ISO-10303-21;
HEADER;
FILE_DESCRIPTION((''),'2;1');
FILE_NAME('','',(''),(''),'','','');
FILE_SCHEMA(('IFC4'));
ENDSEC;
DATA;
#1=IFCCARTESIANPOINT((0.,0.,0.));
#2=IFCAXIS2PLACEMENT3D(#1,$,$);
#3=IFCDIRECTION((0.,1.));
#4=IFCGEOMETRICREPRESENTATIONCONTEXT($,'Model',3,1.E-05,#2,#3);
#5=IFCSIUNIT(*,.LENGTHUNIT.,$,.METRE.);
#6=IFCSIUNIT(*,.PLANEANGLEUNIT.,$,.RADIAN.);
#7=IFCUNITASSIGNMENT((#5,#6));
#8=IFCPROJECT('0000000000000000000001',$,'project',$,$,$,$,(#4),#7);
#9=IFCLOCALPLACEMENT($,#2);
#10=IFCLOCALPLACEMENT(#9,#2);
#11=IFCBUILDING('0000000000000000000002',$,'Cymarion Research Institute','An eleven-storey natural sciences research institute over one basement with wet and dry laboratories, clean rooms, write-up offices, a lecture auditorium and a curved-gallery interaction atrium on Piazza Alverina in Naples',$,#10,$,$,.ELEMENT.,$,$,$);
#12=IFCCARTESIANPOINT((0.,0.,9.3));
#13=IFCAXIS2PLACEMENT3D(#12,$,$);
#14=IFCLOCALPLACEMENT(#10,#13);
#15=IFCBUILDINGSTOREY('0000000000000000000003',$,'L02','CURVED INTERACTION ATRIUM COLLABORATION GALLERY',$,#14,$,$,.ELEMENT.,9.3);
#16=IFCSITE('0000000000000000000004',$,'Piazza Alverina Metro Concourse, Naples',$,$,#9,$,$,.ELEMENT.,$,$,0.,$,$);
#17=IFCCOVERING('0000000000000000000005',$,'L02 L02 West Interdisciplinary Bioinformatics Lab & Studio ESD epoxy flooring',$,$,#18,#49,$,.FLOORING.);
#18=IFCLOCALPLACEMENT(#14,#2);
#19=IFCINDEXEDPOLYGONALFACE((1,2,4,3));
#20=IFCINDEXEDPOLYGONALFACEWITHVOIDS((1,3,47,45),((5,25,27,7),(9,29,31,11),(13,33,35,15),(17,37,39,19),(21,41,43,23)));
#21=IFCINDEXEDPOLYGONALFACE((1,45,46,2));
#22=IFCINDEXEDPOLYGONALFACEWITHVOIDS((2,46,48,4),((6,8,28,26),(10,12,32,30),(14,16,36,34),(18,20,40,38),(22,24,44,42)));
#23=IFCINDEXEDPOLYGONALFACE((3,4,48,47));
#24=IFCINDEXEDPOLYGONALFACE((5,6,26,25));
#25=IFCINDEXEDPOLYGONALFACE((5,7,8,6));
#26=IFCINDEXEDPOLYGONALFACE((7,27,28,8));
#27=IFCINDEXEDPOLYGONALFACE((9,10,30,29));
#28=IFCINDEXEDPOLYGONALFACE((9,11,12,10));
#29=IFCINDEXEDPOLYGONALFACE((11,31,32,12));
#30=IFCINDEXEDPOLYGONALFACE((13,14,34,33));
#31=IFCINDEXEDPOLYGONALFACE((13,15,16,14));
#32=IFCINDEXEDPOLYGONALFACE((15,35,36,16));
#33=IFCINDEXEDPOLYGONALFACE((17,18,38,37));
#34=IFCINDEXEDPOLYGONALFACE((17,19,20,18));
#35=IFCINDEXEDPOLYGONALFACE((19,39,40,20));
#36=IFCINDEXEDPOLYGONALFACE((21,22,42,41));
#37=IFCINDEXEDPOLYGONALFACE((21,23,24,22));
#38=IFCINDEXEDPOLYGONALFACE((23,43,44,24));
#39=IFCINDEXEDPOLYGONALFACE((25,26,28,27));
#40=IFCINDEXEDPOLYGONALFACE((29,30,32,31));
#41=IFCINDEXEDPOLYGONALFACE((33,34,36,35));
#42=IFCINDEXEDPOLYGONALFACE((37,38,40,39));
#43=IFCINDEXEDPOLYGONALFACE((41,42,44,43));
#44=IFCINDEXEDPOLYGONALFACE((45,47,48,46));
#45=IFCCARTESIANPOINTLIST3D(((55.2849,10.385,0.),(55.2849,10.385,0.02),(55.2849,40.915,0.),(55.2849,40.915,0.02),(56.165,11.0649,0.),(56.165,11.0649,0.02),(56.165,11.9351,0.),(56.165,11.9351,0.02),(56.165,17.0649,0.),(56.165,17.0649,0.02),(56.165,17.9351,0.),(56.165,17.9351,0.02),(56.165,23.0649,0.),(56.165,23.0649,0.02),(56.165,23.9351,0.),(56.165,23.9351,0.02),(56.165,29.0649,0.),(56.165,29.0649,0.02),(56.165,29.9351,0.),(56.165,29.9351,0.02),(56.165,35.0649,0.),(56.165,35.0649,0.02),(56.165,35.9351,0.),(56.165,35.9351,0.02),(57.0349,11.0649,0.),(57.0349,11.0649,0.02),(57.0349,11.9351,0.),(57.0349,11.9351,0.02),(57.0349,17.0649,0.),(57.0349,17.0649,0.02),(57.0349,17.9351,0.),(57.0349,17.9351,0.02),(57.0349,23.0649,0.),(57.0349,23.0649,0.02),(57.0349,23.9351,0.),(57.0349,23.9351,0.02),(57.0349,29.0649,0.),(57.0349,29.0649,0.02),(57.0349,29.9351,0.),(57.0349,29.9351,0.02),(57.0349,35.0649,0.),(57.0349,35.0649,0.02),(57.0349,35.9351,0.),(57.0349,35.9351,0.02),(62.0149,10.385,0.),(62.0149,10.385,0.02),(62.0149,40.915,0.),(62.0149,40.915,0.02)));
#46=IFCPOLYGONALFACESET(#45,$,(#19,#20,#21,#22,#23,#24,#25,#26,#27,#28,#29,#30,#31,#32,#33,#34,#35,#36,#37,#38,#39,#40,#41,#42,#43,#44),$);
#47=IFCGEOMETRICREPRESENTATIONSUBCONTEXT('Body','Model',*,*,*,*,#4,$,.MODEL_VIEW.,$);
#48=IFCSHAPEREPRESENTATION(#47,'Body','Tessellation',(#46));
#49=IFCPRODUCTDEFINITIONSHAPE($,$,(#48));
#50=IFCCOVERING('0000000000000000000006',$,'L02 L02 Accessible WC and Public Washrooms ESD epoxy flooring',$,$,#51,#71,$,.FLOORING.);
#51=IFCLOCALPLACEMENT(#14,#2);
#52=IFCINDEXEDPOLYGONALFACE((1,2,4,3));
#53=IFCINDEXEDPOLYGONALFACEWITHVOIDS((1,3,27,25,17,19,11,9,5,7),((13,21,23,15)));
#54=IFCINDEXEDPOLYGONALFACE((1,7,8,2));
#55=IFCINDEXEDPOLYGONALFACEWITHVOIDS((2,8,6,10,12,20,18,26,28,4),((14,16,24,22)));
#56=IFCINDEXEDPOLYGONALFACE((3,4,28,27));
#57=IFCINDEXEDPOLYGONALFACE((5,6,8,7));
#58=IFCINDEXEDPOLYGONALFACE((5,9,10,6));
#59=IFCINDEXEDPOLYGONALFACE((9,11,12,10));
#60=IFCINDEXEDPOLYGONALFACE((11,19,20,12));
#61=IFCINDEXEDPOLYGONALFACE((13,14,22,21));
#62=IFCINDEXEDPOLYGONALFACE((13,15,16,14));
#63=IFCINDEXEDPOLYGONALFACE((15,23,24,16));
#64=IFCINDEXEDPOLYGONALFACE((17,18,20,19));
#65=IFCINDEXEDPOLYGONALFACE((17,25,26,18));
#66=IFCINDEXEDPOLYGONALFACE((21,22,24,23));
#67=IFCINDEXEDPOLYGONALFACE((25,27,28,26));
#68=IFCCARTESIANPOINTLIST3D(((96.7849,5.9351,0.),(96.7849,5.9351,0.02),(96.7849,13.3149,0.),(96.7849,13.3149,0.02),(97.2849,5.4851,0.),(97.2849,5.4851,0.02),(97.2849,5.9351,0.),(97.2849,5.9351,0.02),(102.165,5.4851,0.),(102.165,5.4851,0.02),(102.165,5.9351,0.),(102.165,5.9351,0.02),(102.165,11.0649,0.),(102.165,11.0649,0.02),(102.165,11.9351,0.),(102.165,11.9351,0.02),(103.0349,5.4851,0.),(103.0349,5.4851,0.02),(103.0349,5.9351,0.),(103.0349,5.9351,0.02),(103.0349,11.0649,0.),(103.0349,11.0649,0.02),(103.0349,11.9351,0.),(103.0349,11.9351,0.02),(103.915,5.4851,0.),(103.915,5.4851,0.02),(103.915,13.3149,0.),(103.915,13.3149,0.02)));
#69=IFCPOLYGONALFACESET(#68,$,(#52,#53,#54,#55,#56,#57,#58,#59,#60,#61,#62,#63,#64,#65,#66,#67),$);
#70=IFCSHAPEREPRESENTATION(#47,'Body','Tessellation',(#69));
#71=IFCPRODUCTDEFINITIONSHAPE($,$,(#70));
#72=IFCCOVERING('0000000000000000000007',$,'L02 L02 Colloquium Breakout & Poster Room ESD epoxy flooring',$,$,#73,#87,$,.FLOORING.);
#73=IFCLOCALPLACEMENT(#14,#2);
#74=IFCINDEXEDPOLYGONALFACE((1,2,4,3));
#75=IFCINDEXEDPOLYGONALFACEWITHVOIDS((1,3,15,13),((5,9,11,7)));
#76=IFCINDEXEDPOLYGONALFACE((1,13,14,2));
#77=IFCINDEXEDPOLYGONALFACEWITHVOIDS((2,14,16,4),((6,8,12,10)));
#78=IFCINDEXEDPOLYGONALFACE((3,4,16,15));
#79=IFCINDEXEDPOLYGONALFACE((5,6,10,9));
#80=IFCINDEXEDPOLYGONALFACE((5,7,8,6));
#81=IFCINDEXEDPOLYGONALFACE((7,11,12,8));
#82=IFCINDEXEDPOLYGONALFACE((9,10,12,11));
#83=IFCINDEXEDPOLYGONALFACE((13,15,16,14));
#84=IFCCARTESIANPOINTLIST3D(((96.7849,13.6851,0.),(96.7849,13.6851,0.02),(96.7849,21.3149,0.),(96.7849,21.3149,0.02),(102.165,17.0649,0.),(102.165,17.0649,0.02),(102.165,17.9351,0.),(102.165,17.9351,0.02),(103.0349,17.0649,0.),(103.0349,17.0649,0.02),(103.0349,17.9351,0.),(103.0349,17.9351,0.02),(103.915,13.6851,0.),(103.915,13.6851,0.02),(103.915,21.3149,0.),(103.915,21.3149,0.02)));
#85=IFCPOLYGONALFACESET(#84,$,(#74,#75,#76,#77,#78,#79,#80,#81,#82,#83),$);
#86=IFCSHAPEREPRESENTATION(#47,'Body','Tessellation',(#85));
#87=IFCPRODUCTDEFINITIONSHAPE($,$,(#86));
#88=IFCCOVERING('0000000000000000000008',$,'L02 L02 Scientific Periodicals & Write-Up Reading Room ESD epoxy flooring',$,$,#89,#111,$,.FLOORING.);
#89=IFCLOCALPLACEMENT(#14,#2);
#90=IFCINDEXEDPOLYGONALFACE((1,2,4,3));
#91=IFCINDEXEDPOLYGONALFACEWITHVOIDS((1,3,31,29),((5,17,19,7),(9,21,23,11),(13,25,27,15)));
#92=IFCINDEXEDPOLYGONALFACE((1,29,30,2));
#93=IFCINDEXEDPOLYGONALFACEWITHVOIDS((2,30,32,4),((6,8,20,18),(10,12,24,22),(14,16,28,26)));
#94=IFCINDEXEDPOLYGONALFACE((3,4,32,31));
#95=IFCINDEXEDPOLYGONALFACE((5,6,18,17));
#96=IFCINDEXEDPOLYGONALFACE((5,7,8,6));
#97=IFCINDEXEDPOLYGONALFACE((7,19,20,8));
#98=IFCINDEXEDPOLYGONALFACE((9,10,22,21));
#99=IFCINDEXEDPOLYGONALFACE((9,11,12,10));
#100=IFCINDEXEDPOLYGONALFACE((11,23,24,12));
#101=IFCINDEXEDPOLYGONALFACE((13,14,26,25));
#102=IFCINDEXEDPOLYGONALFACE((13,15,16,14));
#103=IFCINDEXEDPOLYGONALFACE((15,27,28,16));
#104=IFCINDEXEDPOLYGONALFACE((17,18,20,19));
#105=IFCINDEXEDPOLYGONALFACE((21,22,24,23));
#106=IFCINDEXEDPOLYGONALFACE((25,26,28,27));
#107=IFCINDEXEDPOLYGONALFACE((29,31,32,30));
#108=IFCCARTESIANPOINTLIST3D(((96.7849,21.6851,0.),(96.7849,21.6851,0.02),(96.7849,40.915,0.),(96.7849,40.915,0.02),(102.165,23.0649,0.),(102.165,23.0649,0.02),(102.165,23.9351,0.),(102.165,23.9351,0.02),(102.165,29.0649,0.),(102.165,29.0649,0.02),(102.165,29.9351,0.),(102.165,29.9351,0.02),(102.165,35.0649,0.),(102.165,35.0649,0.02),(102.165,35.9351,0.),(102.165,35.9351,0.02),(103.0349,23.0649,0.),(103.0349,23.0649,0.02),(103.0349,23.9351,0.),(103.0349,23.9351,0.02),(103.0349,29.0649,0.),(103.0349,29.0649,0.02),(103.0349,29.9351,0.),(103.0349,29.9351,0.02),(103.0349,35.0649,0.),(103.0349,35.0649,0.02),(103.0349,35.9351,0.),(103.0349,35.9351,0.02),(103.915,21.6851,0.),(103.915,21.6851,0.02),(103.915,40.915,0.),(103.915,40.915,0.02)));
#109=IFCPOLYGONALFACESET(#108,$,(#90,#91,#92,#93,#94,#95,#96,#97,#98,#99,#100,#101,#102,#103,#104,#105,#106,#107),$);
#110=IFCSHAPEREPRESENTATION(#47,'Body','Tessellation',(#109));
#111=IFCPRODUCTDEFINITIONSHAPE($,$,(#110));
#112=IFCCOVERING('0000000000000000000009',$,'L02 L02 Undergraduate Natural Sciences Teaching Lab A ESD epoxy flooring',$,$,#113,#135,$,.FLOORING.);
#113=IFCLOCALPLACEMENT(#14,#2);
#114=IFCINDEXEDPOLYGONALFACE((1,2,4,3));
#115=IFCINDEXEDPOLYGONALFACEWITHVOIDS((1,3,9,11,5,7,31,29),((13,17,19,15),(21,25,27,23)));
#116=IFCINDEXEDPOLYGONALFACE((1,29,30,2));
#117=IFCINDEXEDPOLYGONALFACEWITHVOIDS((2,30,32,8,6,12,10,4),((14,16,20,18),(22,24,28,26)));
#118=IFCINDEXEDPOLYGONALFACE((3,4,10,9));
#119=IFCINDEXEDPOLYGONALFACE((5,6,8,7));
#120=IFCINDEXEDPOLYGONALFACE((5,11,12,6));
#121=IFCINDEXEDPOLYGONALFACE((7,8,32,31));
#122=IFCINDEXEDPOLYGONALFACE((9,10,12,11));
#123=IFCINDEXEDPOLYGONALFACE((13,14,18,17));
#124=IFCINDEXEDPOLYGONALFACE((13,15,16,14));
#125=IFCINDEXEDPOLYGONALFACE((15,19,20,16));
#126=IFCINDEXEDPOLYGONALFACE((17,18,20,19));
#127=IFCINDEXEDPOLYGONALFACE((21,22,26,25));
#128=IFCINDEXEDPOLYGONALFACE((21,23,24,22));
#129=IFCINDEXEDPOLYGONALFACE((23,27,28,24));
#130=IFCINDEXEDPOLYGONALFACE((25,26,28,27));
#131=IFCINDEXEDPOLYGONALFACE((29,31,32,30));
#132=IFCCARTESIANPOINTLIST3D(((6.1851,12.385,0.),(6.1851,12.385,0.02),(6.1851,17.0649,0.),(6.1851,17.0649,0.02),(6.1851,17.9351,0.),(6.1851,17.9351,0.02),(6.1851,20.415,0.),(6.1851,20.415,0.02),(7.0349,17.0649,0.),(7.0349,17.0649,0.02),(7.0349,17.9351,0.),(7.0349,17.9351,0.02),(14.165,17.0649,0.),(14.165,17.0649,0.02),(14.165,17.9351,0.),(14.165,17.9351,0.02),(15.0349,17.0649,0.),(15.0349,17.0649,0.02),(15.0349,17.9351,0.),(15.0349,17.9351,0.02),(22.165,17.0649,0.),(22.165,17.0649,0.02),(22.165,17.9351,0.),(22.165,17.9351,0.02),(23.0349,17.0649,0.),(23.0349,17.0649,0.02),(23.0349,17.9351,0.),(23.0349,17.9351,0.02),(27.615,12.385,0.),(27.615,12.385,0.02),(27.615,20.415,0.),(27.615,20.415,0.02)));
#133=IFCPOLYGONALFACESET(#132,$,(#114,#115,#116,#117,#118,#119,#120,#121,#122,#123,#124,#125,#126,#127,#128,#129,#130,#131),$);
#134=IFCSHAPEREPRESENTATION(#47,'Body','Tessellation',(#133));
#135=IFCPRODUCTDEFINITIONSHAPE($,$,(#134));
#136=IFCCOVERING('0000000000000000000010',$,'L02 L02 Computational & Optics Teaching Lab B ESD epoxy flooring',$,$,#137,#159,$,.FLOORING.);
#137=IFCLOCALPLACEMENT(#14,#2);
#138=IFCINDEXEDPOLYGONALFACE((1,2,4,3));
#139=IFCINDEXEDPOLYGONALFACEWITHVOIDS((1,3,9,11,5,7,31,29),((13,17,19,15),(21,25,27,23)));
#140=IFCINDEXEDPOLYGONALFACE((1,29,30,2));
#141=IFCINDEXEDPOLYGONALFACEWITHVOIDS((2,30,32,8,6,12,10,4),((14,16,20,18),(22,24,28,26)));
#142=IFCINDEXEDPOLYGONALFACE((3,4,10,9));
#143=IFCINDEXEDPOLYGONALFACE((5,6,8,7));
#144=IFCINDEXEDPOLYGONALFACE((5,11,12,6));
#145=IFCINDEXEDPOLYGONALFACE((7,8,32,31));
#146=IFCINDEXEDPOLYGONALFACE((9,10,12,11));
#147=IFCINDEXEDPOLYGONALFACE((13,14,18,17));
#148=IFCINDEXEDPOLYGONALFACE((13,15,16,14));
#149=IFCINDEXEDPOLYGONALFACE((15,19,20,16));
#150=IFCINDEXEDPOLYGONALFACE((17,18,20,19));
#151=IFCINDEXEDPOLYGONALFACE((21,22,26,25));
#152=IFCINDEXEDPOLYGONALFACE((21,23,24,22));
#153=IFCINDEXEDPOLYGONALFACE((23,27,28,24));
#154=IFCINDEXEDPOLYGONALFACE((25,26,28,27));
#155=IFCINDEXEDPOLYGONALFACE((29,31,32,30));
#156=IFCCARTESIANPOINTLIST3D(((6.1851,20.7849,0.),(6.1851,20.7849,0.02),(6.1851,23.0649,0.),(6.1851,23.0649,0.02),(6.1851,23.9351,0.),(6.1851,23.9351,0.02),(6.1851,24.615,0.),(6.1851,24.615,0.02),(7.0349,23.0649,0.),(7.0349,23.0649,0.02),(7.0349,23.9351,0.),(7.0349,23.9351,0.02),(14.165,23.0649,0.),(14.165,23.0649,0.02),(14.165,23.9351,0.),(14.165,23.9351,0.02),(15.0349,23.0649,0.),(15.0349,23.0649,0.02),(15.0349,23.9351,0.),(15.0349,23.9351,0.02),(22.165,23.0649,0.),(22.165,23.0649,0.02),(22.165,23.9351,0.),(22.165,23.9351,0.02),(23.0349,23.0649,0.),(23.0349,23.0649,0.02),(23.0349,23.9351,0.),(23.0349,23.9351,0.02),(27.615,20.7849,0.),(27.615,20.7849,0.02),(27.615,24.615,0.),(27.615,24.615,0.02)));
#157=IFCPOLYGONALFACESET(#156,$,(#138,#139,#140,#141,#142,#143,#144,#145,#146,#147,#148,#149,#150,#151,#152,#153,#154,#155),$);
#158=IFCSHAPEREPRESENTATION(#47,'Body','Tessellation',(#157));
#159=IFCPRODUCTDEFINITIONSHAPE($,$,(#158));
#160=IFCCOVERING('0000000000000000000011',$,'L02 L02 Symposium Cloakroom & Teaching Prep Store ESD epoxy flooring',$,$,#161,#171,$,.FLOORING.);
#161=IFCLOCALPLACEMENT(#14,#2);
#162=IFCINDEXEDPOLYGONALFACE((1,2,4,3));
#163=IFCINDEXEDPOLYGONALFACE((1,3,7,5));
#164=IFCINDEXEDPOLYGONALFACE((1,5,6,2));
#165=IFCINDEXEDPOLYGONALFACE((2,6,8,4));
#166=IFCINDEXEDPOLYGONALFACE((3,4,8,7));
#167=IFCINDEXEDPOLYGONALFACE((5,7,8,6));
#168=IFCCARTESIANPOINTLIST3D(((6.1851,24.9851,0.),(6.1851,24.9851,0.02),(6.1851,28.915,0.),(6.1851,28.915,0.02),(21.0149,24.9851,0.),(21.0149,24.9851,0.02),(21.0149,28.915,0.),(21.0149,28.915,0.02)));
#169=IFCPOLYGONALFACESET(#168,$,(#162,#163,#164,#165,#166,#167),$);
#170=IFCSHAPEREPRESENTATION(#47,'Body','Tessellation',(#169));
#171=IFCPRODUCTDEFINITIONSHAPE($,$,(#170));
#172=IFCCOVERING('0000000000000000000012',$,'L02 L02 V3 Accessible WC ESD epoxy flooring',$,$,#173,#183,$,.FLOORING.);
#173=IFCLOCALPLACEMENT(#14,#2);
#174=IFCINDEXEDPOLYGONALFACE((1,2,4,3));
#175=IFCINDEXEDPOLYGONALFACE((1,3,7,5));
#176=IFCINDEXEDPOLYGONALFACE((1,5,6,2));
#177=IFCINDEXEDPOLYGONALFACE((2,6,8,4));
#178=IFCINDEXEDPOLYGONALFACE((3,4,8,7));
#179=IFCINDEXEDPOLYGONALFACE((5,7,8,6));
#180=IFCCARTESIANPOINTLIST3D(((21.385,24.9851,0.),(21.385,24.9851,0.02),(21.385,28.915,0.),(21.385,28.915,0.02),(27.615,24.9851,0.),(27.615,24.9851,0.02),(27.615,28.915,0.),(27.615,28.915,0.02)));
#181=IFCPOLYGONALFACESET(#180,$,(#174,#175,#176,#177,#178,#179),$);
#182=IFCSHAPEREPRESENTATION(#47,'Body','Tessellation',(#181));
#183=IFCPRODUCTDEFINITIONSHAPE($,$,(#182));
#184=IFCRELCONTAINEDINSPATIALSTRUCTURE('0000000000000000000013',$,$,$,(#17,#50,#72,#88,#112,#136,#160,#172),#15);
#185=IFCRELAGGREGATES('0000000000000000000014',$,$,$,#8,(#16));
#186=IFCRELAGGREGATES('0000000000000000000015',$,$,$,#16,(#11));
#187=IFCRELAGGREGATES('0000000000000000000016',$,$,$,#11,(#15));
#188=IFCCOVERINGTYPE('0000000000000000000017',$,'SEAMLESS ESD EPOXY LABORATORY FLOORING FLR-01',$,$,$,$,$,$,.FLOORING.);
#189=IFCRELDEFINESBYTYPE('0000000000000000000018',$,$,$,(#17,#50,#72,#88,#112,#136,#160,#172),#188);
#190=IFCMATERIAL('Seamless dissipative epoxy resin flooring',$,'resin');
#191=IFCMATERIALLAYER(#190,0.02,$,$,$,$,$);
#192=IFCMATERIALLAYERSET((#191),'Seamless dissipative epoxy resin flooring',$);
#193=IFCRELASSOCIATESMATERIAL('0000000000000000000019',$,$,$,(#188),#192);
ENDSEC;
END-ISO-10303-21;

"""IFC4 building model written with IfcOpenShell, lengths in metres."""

from ifc_helpers import new_model, si_unit, direction, frame, origin, place, context, subcontext, project, spatial, polyline, outline, extrude, material, layer, layer_set, type_object, element, save


model = new_model("IFC4")

# Units and contexts
model_context = context("Model", 3, precision=1e-05, world=origin(), true_north=direction((0.0, 1.0)))
body_context = subcontext(model_context, "Body", "Model", "MODEL_VIEW")
ifc_project = project(units=[si_unit("LENGTHUNIT", "METRE"), si_unit("PLANEANGLEUNIT", "RADIAN")], contexts=[model_context])

# Site, building, storey
site_placement = place(None, origin())
site = spatial("IfcSite", under=ifc_project, at=site_placement, Name="Piazza Alverina Metro Concourse, Naples", CompositionType="ELEMENT", RefElevation=0.0)
building_placement = place(site_placement, origin())
building = spatial("IfcBuilding", under=site, at=building_placement, Name="Cymarion Research Institute", Description="An eleven-storey natural sciences research institute over one basement with wet and dry laboratories, clean rooms, write-up offices, a lecture auditorium and a curved-gallery interaction atrium on Piazza Alverina in Naples", CompositionType="ELEMENT")
storey_placement = place(building_placement, frame((0.0, 0.0, 9.3)))
storey = spatial("IfcBuildingStorey", under=building, at=storey_placement, Name="L02", Description="CURVED INTERACTION ATRIUM COLLABORATION GALLERY", CompositionType="ELEMENT", Elevation=9.3)

# Coverings
ifc_material_1 = material(Name="Seamless dissipative epoxy resin flooring", Category="resin")
ifc_layer_1 = layer(ifc_material_1, 0.02)
ifc_layer_set_1 = layer_set([ifc_layer_1], Name="Seamless dissipative epoxy resin flooring")
covering_type = type_object("IfcCoveringType", Name="SEAMLESS ESD EPOXY LABORATORY FLOORING FLR-01", PredefinedType="FLOORING", material=ifc_layer_set_1)
covering_1_placement = place(storey_placement, origin())
element("IfcCovering", 1, at=covering_1_placement, inside=storey, type_object=covering_type, Name="L02 L02 West Interdisciplinary Bioinformatics Lab & Studio ESD epoxy flooring", PredefinedType="FLOORING", context=body_context, shape_type="SweptSolid", body=[
    extrude(outline(polyline([(55.2849, 40.915), (62.0149, 40.915), (62.0149, 10.385), (55.2849, 10.385), (55.2849, 40.915)]), holes=[polyline([(57.0349, 11.9351), (56.165, 11.9351), (56.165, 11.0649), (57.0349, 11.0649), (57.0349, 11.9351)]), polyline([(57.0349, 17.9351), (56.165, 17.9351), (56.165, 17.0649), (57.0349, 17.0649), (57.0349, 17.9351)]), polyline([(57.0349, 23.9351), (56.165, 23.9351), (56.165, 23.0649), (57.0349, 23.0649), (57.0349, 23.9351)]), polyline([(57.0349, 29.9351), (56.165, 29.9351), (56.165, 29.0649), (57.0349, 29.0649), (57.0349, 29.9351)]), polyline([(57.0349, 35.9351), (56.165, 35.9351), (56.165, 35.0649), (57.0349, 35.0649), (57.0349, 35.9351)])]), origin(), (0.0, 0.0, 1.0), 0.02),
])
covering_2_placement = place(storey_placement, origin())
element("IfcCovering", 2, at=covering_2_placement, inside=storey, type_object=covering_type, Name="L02 L02 Accessible WC and Public Washrooms ESD epoxy flooring", PredefinedType="FLOORING", context=body_context, shape_type="SweptSolid", body=[
    extrude(outline(polyline([(96.7849, 13.3149), (103.915, 13.3149), (103.915, 5.4851), (103.0349, 5.4851), (103.0349, 5.9351), (102.165, 5.9351), (102.165, 5.4851), (97.2849, 5.4851), (97.2849, 5.9351), (96.7849, 5.9351), (96.7849, 13.3149)]), holes=[polyline([(103.0349, 11.9351), (102.165, 11.9351), (102.165, 11.0649), (103.0349, 11.0649), (103.0349, 11.9351)])]), origin(), (0.0, 0.0, 1.0), 0.02),
])
covering_3_placement = place(storey_placement, origin())
element("IfcCovering", 3, at=covering_3_placement, inside=storey, type_object=covering_type, Name="L02 L02 Colloquium Breakout & Poster Room ESD epoxy flooring", PredefinedType="FLOORING", context=body_context, shape_type="SweptSolid", body=[
    extrude(outline(polyline([(96.7849, 21.3149), (103.915, 21.3149), (103.915, 13.6851), (96.7849, 13.6851), (96.7849, 21.3149)]), holes=[polyline([(103.0349, 17.9351), (102.165, 17.9351), (102.165, 17.0649), (103.0349, 17.0649), (103.0349, 17.9351)])]), origin(), (0.0, 0.0, 1.0), 0.02),
])
covering_4_placement = place(storey_placement, origin())
element("IfcCovering", 4, at=covering_4_placement, inside=storey, type_object=covering_type, Name="L02 L02 Scientific Periodicals & Write-Up Reading Room ESD epoxy flooring", PredefinedType="FLOORING", context=body_context, shape_type="SweptSolid", body=[
    extrude(outline(polyline([(96.7849, 40.915), (103.915, 40.915), (103.915, 21.6851), (96.7849, 21.6851), (96.7849, 40.915)]), holes=[polyline([(103.0349, 23.9351), (102.165, 23.9351), (102.165, 23.0649), (103.0349, 23.0649), (103.0349, 23.9351)]), polyline([(103.0349, 29.9351), (102.165, 29.9351), (102.165, 29.0649), (103.0349, 29.0649), (103.0349, 29.9351)]), polyline([(103.0349, 35.9351), (102.165, 35.9351), (102.165, 35.0649), (103.0349, 35.0649), (103.0349, 35.9351)])]), origin(), (0.0, 0.0, 1.0), 0.02),
])
covering_5_placement = place(storey_placement, origin())
element("IfcCovering", 5, at=covering_5_placement, inside=storey, type_object=covering_type, Name="L02 L02 Undergraduate Natural Sciences Teaching Lab A ESD epoxy flooring", PredefinedType="FLOORING", context=body_context, shape_type="SweptSolid", body=[
    extrude(outline(polyline([(6.1851, 17.0649), (7.0349, 17.0649), (7.0349, 17.9351), (6.1851, 17.9351), (6.1851, 20.415), (27.615, 20.415), (27.615, 12.385), (6.1851, 12.385), (6.1851, 17.0649)]), holes=[polyline([(23.0349, 17.9351), (22.165, 17.9351), (22.165, 17.0649), (23.0349, 17.0649), (23.0349, 17.9351)]), polyline([(15.0349, 17.9351), (14.165, 17.9351), (14.165, 17.0649), (15.0349, 17.0649), (15.0349, 17.9351)])]), origin(), (0.0, 0.0, 1.0), 0.02),
])
covering_6_placement = place(storey_placement, origin())
element("IfcCovering", 6, at=covering_6_placement, inside=storey, type_object=covering_type, Name="L02 L02 Computational & Optics Teaching Lab B ESD epoxy flooring", PredefinedType="FLOORING", context=body_context, shape_type="SweptSolid", body=[
    extrude(outline(polyline([(6.1851, 23.0649), (7.0349, 23.0649), (7.0349, 23.9351), (6.1851, 23.9351), (6.1851, 24.615), (27.615, 24.615), (27.615, 20.7849), (6.1851, 20.7849), (6.1851, 23.0649)]), holes=[polyline([(23.0349, 23.9351), (22.165, 23.9351), (22.165, 23.0649), (23.0349, 23.0649), (23.0349, 23.9351)]), polyline([(15.0349, 23.9351), (14.165, 23.9351), (14.165, 23.0649), (15.0349, 23.0649), (15.0349, 23.9351)])]), origin(), (0.0, 0.0, 1.0), 0.02),
])
covering_7_placement = place(storey_placement, origin())
element("IfcCovering", 7, at=covering_7_placement, inside=storey, type_object=covering_type, Name="L02 L02 Symposium Cloakroom & Teaching Prep Store ESD epoxy flooring", PredefinedType="FLOORING", context=body_context, shape_type="SweptSolid", body=[
    extrude(outline(polyline([(6.1851, 28.915), (21.0149, 28.915), (21.0149, 24.9851), (6.1851, 24.9851), (6.1851, 28.915)])), origin(), (0.0, 0.0, 1.0), 0.02),
])
covering_8_placement = place(storey_placement, origin())
element("IfcCovering", 8, at=covering_8_placement, inside=storey, type_object=covering_type, Name="L02 L02 V3 Accessible WC ESD epoxy flooring", PredefinedType="FLOORING", context=body_context, shape_type="SweptSolid", body=[
    extrude(outline(polyline([(21.385, 28.915), (27.615, 28.915), (27.615, 24.9851), (21.385, 24.9851), (21.385, 28.915)])), origin(), (0.0, 0.0, 1.0), 0.02),
])

save(model, "model.ifc")
